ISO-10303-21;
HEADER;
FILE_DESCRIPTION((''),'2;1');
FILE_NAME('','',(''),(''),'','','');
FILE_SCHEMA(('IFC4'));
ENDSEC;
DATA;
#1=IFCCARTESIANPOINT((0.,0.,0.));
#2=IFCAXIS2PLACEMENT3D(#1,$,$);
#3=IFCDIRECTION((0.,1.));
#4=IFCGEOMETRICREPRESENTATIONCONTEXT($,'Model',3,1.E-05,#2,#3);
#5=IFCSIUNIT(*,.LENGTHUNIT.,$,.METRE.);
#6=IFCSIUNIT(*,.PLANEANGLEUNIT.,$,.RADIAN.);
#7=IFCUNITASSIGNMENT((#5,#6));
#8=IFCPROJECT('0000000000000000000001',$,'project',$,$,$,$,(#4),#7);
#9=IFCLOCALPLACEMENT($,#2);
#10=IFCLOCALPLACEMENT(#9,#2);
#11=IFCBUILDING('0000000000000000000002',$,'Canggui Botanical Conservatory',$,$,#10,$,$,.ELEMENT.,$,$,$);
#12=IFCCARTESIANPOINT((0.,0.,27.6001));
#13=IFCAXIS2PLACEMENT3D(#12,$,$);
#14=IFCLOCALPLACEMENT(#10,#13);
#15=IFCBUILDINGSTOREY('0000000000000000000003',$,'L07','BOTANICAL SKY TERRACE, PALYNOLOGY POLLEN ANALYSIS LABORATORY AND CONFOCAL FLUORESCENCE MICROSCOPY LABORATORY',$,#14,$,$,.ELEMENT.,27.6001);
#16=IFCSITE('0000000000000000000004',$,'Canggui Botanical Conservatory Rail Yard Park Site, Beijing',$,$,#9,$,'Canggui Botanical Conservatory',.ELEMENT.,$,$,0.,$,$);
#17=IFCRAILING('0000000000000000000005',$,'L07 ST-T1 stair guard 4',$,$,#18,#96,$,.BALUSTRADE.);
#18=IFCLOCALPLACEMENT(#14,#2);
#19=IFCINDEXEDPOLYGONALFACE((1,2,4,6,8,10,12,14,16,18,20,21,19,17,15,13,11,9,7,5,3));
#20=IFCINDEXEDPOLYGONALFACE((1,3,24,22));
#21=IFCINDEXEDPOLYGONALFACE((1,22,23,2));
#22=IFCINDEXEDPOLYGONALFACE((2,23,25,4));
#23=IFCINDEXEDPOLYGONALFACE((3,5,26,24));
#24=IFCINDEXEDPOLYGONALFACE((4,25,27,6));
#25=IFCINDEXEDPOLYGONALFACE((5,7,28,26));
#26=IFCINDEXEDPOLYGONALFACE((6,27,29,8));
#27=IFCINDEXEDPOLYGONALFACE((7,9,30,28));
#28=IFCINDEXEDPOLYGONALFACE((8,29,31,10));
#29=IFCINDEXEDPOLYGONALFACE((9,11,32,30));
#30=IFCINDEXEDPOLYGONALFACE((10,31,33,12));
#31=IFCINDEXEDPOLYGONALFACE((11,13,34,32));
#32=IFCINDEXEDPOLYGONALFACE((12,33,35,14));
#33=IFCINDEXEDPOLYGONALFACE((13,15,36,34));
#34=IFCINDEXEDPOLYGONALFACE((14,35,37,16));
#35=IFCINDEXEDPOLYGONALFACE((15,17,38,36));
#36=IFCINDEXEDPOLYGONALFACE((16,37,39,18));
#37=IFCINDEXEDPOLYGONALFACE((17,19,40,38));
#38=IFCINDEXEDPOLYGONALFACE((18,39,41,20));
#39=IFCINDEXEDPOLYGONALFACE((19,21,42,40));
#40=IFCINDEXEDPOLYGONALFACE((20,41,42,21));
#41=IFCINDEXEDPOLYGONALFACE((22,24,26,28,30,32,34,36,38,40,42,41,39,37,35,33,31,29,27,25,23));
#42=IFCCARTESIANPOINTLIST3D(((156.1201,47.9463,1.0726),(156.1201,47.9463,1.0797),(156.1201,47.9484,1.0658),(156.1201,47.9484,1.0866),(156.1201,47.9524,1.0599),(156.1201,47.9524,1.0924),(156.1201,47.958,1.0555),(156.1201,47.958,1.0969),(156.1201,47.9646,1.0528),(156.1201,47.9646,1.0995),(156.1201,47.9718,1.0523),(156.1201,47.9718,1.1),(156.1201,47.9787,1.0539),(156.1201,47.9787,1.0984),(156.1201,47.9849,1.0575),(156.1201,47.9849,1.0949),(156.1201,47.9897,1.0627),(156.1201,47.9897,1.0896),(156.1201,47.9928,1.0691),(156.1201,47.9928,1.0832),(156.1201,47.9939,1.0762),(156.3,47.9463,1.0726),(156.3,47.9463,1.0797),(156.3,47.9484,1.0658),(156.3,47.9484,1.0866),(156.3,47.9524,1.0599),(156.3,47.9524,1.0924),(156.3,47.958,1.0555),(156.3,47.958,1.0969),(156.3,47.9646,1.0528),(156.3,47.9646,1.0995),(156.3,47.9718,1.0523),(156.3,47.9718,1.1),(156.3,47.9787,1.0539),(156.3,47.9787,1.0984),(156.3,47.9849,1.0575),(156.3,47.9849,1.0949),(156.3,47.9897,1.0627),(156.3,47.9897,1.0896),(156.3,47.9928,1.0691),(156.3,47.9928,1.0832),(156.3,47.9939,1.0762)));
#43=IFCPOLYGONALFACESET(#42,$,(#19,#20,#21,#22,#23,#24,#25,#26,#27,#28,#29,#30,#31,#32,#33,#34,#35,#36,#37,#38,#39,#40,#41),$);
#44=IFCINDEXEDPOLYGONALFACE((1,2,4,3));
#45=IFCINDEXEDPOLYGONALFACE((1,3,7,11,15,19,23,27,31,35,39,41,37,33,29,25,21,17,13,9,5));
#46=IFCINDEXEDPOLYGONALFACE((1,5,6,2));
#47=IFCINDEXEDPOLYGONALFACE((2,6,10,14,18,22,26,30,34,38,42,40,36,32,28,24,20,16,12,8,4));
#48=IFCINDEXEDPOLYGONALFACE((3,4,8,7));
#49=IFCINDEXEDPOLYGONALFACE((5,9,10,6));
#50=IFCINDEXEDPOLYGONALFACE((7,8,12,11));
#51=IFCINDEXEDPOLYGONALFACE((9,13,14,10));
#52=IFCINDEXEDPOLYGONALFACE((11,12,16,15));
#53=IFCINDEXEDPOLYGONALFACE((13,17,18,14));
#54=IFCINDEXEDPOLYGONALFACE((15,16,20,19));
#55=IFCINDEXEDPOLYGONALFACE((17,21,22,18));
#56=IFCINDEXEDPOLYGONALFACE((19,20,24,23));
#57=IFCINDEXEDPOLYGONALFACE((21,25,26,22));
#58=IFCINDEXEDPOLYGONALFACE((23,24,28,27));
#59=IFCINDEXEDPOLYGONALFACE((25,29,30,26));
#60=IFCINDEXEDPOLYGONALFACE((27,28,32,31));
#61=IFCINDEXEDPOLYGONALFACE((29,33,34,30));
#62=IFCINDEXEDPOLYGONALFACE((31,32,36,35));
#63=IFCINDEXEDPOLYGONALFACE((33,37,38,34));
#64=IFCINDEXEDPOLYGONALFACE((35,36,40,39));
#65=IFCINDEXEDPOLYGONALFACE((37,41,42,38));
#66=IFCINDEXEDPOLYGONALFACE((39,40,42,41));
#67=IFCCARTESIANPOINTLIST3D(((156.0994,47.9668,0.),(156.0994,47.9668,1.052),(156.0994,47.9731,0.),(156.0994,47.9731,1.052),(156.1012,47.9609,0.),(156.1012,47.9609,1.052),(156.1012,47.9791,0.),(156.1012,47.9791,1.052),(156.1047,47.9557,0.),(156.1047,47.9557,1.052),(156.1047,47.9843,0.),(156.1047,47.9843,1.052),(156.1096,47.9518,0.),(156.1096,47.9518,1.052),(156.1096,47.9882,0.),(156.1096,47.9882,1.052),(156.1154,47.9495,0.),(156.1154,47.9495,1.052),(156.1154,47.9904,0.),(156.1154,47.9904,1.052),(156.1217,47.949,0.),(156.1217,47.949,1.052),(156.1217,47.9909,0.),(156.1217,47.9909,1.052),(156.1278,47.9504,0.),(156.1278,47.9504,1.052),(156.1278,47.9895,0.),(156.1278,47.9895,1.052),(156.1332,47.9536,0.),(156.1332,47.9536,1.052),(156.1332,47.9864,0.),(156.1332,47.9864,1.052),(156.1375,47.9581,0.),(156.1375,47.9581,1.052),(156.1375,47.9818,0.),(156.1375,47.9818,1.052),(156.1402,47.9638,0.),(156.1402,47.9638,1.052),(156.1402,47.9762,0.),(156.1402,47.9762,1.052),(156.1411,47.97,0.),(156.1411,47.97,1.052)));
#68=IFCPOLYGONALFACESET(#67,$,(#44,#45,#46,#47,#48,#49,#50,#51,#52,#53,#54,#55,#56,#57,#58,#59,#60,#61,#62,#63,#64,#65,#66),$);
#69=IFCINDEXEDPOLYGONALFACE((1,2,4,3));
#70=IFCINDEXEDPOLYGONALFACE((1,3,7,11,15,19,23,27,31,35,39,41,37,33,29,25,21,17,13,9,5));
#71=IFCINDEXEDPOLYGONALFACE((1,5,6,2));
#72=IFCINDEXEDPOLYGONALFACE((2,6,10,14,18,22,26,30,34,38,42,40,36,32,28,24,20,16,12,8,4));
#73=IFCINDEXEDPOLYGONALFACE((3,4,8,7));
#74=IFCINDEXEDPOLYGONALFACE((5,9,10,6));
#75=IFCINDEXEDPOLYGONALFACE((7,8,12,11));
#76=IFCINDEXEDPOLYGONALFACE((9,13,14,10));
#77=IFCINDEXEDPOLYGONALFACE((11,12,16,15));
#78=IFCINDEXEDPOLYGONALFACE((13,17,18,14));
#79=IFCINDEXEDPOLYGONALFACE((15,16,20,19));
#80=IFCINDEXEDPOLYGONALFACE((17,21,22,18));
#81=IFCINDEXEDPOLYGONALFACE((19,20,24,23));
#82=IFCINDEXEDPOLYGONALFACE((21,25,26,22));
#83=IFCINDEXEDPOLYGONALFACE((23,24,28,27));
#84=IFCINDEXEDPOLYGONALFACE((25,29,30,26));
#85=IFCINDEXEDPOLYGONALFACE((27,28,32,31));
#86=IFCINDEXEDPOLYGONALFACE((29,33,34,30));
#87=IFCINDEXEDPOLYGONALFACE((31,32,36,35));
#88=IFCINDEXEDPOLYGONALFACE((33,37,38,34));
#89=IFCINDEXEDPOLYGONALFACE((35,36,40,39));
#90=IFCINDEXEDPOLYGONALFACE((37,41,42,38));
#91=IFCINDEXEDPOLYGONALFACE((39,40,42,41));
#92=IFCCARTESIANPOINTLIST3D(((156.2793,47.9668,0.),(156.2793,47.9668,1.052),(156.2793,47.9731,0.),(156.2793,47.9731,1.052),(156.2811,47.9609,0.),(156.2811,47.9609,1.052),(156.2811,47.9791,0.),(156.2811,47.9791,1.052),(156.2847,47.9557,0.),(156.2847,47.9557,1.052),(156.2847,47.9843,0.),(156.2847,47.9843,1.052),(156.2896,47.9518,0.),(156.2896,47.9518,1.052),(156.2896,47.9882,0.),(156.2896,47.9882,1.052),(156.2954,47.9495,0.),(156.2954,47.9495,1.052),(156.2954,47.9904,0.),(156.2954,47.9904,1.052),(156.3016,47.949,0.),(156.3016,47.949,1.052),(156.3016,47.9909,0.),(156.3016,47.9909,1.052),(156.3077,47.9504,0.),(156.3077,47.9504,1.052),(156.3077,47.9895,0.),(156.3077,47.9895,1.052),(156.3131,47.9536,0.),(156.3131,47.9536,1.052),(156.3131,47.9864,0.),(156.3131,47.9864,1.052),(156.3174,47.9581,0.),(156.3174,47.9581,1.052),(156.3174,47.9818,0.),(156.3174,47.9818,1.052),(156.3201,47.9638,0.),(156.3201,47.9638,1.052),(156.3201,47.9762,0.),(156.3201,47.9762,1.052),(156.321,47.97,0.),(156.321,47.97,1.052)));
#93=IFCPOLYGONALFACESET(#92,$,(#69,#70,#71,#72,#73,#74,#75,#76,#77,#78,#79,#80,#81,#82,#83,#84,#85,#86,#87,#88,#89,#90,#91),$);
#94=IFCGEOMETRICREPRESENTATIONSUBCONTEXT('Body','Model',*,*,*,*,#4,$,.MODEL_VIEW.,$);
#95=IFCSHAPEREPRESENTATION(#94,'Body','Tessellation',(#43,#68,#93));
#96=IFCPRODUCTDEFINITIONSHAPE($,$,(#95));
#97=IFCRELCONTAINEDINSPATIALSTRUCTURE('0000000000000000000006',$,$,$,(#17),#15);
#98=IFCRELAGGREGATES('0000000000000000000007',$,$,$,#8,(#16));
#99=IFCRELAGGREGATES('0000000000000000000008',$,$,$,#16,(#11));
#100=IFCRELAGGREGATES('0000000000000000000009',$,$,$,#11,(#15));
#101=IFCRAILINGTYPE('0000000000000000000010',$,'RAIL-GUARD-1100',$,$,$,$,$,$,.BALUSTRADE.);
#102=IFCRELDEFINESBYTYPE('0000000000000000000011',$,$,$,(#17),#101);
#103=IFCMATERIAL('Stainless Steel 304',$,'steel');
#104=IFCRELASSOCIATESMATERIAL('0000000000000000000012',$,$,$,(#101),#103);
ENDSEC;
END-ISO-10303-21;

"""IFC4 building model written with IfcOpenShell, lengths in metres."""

from ifc_helpers import new_model, si_unit, direction, frame, origin, origin_2d, place, context, subcontext, project, spatial, circle, extrude, material, type_object, element, save


model = new_model("IFC4")

# Units and contexts
model_context = context("Model", 3, precision=1e-05, world=origin(), true_north=direction((0.0, 1.0)))
body_context = subcontext(model_context, "Body", "Model", "MODEL_VIEW")
ifc_project = project(units=[si_unit("LENGTHUNIT", "METRE"), si_unit("PLANEANGLEUNIT", "RADIAN")], contexts=[model_context])

# Site, building, storey
site_placement = place(None, origin())
site = spatial("IfcSite", under=ifc_project, at=site_placement, Name="Canggui Botanical Conservatory Rail Yard Park Site, Beijing", LongName="Canggui Botanical Conservatory", CompositionType="ELEMENT", RefElevation=0.0)
building_placement = place(site_placement, origin())
building = spatial("IfcBuilding", under=site, at=building_placement, Name="Canggui Botanical Conservatory", CompositionType="ELEMENT")
storey_placement = place(building_placement, frame((0.0, 0.0, 27.6001)))
storey = spatial("IfcBuildingStorey", under=building, at=storey_placement, Name="L07", Description="BOTANICAL SKY TERRACE, PALYNOLOGY POLLEN ANALYSIS LABORATORY AND CONFOCAL FLUORESCENCE MICROSCOPY LABORATORY", CompositionType="ELEMENT", Elevation=27.6001)

# Shared definitions
ifc_material_1 = material(Name="Stainless Steel 304", Category="steel")

# Railing
railing_type_1 = type_object("IfcRailingType", Name="RAIL-GUARD-1100", PredefinedType="BALUSTRADE", material=ifc_material_1)
railing_1_placement = place(storey_placement, frame((156.1201, 47.97, 0.0)))
element("IfcRailing", 1, at=railing_1_placement, inside=storey, type_object=railing_type_1, Name="L07 ST-T1 stair guard 4", PredefinedType="BALUSTRADE", context=body_context, shape_type="SweptSolid", body=[
    extrude(circle(Radius=0.0239, at=origin_2d()), frame((0.0, 0.0, 1.0762), z_axis=(1.0, 0.0, 0.0), x_axis=(0.0, 1.0, 0.0)), (0.0, 0.0, 1.0), 0.1799),
    extrude(circle(Radius=0.021, at=origin_2d()), origin(), (0.0, 0.0, 1.0), 1.052),
    extrude(circle(Radius=0.021, at=origin_2d()), frame((0.1799, 0.0, 0.0)), (0.0, 0.0, 1.0), 1.052),
])

save(model, "model.ifc")
